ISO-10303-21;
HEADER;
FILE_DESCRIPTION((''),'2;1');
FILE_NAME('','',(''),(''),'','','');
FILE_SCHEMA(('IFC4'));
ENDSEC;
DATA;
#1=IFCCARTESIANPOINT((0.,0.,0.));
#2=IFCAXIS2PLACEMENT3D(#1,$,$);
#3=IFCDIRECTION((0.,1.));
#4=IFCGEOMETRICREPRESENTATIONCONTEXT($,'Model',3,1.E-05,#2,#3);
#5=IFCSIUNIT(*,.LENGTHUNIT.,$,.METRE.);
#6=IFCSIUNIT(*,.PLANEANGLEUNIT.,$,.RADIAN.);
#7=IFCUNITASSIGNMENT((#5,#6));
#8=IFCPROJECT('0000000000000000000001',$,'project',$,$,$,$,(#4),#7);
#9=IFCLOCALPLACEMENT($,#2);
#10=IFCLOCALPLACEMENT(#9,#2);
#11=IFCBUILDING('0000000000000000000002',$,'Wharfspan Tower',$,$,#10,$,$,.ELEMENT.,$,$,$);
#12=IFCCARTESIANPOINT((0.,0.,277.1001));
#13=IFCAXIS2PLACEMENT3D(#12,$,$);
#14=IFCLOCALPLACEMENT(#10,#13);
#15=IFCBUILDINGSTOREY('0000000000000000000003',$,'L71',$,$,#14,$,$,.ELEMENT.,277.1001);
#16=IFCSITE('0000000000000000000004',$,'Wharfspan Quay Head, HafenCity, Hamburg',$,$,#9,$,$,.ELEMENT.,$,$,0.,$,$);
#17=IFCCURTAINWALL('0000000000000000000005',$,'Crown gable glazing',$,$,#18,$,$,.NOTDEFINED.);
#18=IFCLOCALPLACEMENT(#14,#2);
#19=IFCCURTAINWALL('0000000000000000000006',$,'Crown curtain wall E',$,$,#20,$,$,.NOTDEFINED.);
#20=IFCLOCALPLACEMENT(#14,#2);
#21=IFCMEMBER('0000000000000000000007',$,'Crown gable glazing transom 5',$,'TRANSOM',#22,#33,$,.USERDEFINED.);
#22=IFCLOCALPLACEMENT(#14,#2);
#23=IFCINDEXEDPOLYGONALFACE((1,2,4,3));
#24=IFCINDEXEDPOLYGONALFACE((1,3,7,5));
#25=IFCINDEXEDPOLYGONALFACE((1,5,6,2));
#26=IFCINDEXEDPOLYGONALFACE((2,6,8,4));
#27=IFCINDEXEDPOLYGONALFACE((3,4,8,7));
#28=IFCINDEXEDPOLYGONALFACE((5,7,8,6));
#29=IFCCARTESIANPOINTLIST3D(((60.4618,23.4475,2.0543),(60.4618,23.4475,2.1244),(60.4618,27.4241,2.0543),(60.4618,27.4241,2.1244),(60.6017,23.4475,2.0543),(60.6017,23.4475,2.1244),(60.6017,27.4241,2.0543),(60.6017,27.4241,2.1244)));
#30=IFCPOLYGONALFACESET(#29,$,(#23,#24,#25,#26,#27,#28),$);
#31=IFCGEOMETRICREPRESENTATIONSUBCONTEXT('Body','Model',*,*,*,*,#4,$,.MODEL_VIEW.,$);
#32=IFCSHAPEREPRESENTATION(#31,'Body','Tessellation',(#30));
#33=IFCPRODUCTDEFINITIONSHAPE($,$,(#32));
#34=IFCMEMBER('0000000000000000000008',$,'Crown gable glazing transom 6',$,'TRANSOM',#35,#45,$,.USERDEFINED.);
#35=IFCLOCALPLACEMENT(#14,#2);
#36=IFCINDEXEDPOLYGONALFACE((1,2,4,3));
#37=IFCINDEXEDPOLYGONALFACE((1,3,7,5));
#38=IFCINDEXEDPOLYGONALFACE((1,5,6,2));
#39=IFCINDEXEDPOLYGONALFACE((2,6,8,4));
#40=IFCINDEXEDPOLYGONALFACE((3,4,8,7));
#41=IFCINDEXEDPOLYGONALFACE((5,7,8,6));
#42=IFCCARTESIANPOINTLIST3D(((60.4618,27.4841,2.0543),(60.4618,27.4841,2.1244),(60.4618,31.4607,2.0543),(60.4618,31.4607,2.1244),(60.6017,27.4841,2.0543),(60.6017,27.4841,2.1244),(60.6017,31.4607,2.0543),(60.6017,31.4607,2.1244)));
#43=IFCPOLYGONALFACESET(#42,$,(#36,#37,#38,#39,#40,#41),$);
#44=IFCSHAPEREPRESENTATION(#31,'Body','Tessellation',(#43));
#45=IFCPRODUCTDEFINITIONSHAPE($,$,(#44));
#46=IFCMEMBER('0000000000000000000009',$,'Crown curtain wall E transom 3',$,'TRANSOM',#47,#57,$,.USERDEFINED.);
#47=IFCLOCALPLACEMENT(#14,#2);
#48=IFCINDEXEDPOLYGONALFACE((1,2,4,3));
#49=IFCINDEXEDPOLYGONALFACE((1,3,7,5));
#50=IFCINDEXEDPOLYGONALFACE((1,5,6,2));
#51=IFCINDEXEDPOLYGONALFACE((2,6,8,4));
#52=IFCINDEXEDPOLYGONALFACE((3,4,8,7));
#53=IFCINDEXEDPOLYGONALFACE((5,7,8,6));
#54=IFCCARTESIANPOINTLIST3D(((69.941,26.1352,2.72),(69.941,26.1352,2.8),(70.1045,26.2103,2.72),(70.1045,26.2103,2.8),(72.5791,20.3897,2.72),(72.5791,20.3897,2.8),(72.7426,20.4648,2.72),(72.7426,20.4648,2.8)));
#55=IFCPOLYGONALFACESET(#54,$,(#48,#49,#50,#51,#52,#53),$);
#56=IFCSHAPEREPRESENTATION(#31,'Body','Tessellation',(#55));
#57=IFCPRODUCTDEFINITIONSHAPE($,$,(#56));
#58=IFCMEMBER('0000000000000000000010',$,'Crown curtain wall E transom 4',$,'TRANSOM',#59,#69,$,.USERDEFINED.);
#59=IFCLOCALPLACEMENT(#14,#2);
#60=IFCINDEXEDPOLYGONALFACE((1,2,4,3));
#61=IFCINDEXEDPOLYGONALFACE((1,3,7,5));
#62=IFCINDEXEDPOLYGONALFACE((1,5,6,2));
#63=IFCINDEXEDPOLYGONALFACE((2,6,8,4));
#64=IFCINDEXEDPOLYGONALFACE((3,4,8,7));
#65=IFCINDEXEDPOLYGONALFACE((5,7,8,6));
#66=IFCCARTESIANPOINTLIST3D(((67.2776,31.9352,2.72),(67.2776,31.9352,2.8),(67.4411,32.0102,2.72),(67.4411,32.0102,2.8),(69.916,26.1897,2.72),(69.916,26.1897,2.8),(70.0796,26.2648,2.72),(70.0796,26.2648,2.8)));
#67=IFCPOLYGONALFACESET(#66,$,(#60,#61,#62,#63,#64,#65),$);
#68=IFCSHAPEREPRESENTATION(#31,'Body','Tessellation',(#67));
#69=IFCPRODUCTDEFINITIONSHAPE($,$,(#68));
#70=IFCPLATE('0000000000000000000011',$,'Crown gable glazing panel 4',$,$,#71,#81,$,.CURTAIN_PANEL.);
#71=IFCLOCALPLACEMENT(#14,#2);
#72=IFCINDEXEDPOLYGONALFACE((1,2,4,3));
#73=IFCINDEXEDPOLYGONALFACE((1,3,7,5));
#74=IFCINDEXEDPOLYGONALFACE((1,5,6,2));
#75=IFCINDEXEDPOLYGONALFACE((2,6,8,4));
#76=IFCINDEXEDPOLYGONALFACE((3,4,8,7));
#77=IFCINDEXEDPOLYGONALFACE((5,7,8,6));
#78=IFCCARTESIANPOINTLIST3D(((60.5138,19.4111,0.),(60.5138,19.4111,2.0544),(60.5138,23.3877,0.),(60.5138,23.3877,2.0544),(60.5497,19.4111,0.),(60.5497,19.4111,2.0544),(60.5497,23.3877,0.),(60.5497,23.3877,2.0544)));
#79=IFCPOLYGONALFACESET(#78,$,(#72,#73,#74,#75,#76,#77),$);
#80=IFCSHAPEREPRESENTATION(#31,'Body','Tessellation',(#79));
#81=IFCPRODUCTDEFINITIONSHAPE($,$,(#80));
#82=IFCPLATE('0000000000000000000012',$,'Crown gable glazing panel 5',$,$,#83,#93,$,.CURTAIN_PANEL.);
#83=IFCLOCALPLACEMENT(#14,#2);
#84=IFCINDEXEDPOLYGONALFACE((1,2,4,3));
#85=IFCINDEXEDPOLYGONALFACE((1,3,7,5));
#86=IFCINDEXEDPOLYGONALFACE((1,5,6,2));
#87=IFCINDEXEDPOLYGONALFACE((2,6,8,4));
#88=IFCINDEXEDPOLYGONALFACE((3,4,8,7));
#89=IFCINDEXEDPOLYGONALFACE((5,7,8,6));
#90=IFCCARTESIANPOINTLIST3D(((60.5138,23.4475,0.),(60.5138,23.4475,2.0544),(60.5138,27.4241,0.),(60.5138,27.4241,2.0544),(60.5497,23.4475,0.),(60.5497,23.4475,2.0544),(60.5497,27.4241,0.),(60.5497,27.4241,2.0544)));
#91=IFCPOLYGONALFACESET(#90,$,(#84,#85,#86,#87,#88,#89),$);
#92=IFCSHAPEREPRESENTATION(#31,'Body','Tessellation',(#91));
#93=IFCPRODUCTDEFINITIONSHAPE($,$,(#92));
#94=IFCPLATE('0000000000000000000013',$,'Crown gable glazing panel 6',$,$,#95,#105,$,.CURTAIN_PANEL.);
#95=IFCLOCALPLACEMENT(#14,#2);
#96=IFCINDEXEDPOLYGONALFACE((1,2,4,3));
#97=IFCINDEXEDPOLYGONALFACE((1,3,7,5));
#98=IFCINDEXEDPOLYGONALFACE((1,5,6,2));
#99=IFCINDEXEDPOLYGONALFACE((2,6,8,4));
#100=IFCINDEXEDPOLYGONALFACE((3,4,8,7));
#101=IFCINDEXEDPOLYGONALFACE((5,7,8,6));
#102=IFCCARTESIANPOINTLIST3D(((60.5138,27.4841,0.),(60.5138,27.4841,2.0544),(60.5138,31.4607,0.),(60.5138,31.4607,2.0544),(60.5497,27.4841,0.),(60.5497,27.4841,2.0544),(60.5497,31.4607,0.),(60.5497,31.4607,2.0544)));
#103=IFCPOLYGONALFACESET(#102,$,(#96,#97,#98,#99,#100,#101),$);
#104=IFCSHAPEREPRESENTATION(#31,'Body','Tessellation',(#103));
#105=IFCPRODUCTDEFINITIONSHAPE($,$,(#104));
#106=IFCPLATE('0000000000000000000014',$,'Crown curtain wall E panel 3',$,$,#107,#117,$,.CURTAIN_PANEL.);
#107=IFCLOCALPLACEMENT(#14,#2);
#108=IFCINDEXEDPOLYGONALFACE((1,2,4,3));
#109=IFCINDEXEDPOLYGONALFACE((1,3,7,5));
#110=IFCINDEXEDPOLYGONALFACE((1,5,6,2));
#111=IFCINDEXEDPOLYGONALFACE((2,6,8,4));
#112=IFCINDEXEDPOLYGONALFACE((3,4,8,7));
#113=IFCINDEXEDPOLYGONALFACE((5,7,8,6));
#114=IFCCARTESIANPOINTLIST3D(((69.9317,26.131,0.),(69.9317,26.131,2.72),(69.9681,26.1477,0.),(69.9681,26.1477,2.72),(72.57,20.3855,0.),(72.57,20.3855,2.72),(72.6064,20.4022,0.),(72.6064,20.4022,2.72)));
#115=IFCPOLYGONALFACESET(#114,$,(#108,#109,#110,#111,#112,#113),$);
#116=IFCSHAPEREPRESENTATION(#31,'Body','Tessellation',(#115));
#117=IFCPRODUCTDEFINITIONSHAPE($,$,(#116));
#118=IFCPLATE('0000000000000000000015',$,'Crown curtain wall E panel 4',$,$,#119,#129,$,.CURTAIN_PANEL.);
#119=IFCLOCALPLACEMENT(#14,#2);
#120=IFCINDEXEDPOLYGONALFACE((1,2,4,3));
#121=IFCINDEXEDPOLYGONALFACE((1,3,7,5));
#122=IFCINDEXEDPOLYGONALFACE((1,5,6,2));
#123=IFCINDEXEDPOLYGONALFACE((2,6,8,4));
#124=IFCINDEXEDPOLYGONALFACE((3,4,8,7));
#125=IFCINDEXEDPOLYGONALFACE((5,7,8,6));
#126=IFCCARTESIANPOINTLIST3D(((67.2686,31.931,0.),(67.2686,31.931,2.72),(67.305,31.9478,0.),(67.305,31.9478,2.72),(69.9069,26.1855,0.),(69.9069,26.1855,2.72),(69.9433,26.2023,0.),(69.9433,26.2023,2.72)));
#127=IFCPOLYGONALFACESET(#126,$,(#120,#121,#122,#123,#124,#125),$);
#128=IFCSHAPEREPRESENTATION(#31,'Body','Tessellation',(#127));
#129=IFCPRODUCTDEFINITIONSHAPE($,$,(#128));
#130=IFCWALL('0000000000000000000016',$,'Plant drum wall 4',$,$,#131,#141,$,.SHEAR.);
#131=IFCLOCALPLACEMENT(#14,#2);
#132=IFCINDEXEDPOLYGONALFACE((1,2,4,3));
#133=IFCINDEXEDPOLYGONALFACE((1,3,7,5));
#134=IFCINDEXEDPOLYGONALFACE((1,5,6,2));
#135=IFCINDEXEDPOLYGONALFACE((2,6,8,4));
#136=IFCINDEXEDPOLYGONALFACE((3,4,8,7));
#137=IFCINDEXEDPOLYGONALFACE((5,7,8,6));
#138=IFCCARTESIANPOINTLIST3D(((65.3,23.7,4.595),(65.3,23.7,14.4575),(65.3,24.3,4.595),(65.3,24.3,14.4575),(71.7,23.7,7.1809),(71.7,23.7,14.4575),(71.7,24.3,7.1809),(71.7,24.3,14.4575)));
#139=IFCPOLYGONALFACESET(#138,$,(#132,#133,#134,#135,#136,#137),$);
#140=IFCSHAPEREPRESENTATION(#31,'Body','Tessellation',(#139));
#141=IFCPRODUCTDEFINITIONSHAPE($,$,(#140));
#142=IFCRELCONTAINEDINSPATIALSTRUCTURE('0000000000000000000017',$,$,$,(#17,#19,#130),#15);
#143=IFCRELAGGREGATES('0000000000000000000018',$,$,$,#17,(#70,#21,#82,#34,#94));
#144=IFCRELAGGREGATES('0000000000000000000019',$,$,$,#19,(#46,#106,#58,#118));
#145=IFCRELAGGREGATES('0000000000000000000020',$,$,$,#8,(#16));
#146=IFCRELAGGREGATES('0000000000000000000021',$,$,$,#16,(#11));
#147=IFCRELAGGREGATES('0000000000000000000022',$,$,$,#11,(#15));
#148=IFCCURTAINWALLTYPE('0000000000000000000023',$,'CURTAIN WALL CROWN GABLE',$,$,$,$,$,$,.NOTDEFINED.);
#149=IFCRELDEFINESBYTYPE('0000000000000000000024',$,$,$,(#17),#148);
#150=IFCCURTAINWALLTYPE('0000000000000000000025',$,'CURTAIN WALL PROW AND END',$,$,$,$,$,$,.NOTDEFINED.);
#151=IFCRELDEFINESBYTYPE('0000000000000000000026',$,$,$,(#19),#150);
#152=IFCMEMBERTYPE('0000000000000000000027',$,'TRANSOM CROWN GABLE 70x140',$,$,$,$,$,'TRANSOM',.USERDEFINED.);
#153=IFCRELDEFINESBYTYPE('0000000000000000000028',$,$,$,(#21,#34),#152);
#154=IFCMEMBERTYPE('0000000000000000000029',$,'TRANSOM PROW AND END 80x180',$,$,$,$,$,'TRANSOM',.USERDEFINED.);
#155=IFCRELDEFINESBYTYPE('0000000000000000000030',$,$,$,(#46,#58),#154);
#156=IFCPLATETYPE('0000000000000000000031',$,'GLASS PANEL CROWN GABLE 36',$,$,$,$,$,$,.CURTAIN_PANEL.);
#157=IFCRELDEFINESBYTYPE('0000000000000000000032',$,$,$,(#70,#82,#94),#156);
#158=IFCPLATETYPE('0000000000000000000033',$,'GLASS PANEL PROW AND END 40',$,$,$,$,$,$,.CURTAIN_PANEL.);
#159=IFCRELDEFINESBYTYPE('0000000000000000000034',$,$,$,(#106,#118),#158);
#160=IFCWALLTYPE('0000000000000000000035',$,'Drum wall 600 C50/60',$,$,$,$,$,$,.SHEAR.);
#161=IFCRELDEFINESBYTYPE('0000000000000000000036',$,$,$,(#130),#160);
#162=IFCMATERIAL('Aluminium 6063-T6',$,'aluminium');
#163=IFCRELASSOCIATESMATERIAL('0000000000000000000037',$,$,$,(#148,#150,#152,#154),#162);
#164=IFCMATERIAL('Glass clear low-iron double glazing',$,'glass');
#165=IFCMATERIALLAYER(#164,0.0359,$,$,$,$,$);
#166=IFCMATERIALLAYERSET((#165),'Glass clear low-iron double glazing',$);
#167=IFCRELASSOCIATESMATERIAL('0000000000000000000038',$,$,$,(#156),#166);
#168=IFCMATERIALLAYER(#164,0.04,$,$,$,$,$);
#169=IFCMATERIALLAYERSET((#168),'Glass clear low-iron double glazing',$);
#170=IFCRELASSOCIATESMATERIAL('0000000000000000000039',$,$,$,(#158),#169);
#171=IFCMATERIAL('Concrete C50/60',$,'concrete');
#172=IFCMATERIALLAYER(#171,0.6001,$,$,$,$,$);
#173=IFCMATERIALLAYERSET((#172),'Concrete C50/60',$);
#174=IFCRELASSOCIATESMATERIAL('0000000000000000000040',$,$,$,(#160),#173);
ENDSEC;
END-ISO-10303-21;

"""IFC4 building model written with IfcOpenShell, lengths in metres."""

from ifc_helpers import new_model, si_unit, direction, frame, origin, origin_2d, place, context, subcontext, project, spatial, polyline, rectangle, outline, extrude, material, layer, layer_set, material_profile, profile_set, type_object, element, aggregate, save


model = new_model("IFC4")

# Units and contexts
model_context = context("Model", 3, precision=1e-05, world=origin(), true_north=direction((0.0, 1.0)))
body_context = subcontext(model_context, "Body", "Model", "MODEL_VIEW")
ifc_project = project(units=[si_unit("LENGTHUNIT", "METRE"), si_unit("PLANEANGLEUNIT", "RADIAN")], contexts=[model_context])

# Site, building, storey
site_placement = place(None, origin())
site = spatial("IfcSite", under=ifc_project, at=site_placement, Name="Wharfspan Quay Head, HafenCity, Hamburg", CompositionType="ELEMENT", RefElevation=0.0)
building_placement = place(site_placement, origin())
building = spatial("IfcBuilding", under=site, at=building_placement, Name="Wharfspan Tower", CompositionType="ELEMENT")
storey_placement = place(building_placement, frame((0.0, 0.0, 277.1001)))
storey = spatial("IfcBuildingStorey", under=building, at=storey_placement, Name="L71", CompositionType="ELEMENT", Elevation=277.1001)

# Curtain wall
ifc_material_1 = material(Name="Aluminium 6063-T6", Category="aluminium")
curtain_wall_type_1 = type_object("IfcCurtainWallType", Name="CURTAIN WALL CROWN GABLE", PredefinedType="NOTDEFINED", material=ifc_material_1)
curtain_wall_1_placement = place(storey_placement, origin())
curtain_wall_1 = element("IfcCurtainWall", 1, at=curtain_wall_1_placement, inside=storey, type_object=curtain_wall_type_1, Name="Crown gable glazing", PredefinedType="NOTDEFINED")

# Curtain wall
curtain_wall_type_2 = type_object("IfcCurtainWallType", Name="CURTAIN WALL PROW AND END", PredefinedType="NOTDEFINED", material=ifc_material_1)
curtain_wall_2_placement = place(storey_placement, origin())
curtain_wall_2 = element("IfcCurtainWall", 2, at=curtain_wall_2_placement, inside=storey, type_object=curtain_wall_type_2, Name="Crown curtain wall E", PredefinedType="NOTDEFINED")

# Members
ifc_material_profile_1 = material_profile(ifc_material_1, rectangle(XDim=0.1399, YDim=0.0701, at=origin_2d()))
ifc_profile_set_1 = profile_set([ifc_material_profile_1], Name="Aluminium 6063-T6")
member_type_1 = type_object("IfcMemberType", Name="TRANSOM CROWN GABLE 70x140", ElementType="TRANSOM", PredefinedType="USERDEFINED", material=ifc_profile_set_1)
member_1_placement = place(storey_placement, frame((60.5317, 23.4475, 2.0894), z_axis=(0.0, 1.0, 0.0), x_axis=(-1.0, 0.0, 0.0)))
member_1 = element("IfcMember", 3, at=member_1_placement, type_object=member_type_1, Name="Crown gable glazing transom 5", ObjectType="TRANSOM", PredefinedType="USERDEFINED", context=body_context, shape_type="SweptSolid", body=[
    extrude(rectangle(XDim=0.1399, YDim=0.0701, at=origin_2d()), origin(), (0.0, 0.0, 1.0), 3.9766),
])
member_2_placement = place(storey_placement, frame((60.5317, 27.4841, 2.0894), z_axis=(0.0, 1.0, 0.0), x_axis=(-1.0, 0.0, 0.0)))
member_2 = element("IfcMember", 4, at=member_2_placement, type_object=member_type_1, Name="Crown gable glazing transom 6", ObjectType="TRANSOM", PredefinedType="USERDEFINED", context=body_context, shape_type="SweptSolid", body=[
    extrude(rectangle(XDim=0.1399, YDim=0.0701, at=origin_2d()), origin(), (0.0, 0.0, 1.0), 3.9766),
])
ifc_material_profile_2 = material_profile(ifc_material_1, rectangle(XDim=0.1799, YDim=0.0801, at=origin_2d()))
ifc_profile_set_2 = profile_set([ifc_material_profile_2], Name="Aluminium 6063-T6")
member_type_2 = type_object("IfcMemberType", Name="TRANSOM PROW AND END 80x180", ElementType="TRANSOM", PredefinedType="USERDEFINED", material=ifc_profile_set_2)
member_3_placement = place(storey_placement, frame((72.6609, 20.4272, 2.76), z_axis=(-0.41728, 0.908778, 0.0), x_axis=(-0.908778, -0.41728, 0.0)))
member_3 = element("IfcMember", 5, at=member_3_placement, type_object=member_type_2, Name="Crown curtain wall E transom 3", ObjectType="TRANSOM", PredefinedType="USERDEFINED", context=body_context, shape_type="SweptSolid", body=[
    extrude(rectangle(XDim=0.1799, YDim=0.0801, at=origin_2d()), origin(), (0.0, 0.0, 1.0), 6.3223),
])
member_4_placement = place(storey_placement, frame((69.9978, 26.2273, 2.76), z_axis=(-0.417326, 0.908757, 0.0), x_axis=(-0.908757, -0.417326, 0.0)))
member_4 = element("IfcMember", 6, at=member_4_placement, type_object=member_type_2, Name="Crown curtain wall E transom 4", ObjectType="TRANSOM", PredefinedType="USERDEFINED", context=body_context, shape_type="SweptSolid", body=[
    extrude(rectangle(XDim=0.1799, YDim=0.0801, at=origin_2d()), origin(), (0.0, 0.0, 1.0), 6.3223),
])

# Plates
ifc_material_2 = material(Name="Glass clear low-iron double glazing", Category="glass")
ifc_layer_1 = layer(ifc_material_2, 0.0359)
ifc_layer_set_1 = layer_set([ifc_layer_1], Name="Glass clear low-iron double glazing")
plate_type_1 = type_object("IfcPlateType", Name="GLASS PANEL CROWN GABLE 36", PredefinedType="CURTAIN_PANEL", material=ifc_layer_set_1)
plate_1_placement = place(storey_placement, frame((60.5317, 21.3994, 0.0), z_axis=(0.0, 0.0, 1.0), x_axis=(0.0, 1.0, 0.0)))
plate_1 = element("IfcPlate", 7, at=plate_1_placement, type_object=plate_type_1, Name="Crown gable glazing panel 4", PredefinedType="CURTAIN_PANEL", context=body_context, shape_type="SweptSolid", body=[
    extrude(rectangle(XDim=3.9766, YDim=0.0359, at=origin_2d()), origin(), (0.0, 0.0, 1.0), 2.0544),
])
plate_2_placement = place(storey_placement, frame((60.5317, 25.4358, 0.0), z_axis=(0.0, 0.0, 1.0), x_axis=(0.0, 1.0, 0.0)))
plate_2 = element("IfcPlate", 8, at=plate_2_placement, type_object=plate_type_1, Name="Crown gable glazing panel 5", PredefinedType="CURTAIN_PANEL", context=body_context, shape_type="SweptSolid", body=[
    extrude(rectangle(XDim=3.9766, YDim=0.0359, at=origin_2d()), origin(), (0.0, 0.0, 1.0), 2.0544),
])
plate_3_placement = place(storey_placement, frame((60.5317, 29.4724, 0.0), z_axis=(0.0, 0.0, 1.0), x_axis=(0.0, 1.0, 0.0)))
plate_3 = element("IfcPlate", 9, at=plate_3_placement, type_object=plate_type_1, Name="Crown gable glazing panel 6", PredefinedType="CURTAIN_PANEL", context=body_context, shape_type="SweptSolid", body=[
    extrude(rectangle(XDim=3.9766, YDim=0.0359, at=origin_2d()), origin(), (0.0, 0.0, 1.0), 2.0544),
])
aggregate(curtain_wall_1, [plate_1, member_1, plate_2, member_2, plate_3])
ifc_layer_2 = layer(ifc_material_2, 0.04)
ifc_layer_set_2 = layer_set([ifc_layer_2], Name="Glass clear low-iron double glazing")
plate_type_2 = type_object("IfcPlateType", Name="GLASS PANEL PROW AND END 40", PredefinedType="CURTAIN_PANEL", material=ifc_layer_set_2)
plate_4_placement = place(storey_placement, frame((71.269, 23.2666, 0.0), z_axis=(0.0, 0.0, 1.0), x_axis=(-0.417292, 0.908769, 0.0)))
plate_4 = element("IfcPlate", 10, at=plate_4_placement, type_object=plate_type_2, Name="Crown curtain wall E panel 3", PredefinedType="CURTAIN_PANEL", context=body_context, shape_type="SweptSolid", body=[
    extrude(rectangle(XDim=6.3223, YDim=0.04, at=origin_2d()), origin(), (0.0, 0.0, 1.0), 2.72),
])
plate_5_placement = place(storey_placement, frame((68.606, 29.0666, 0.0), z_axis=(0.0, 0.0, 1.0), x_axis=(-0.417292, 0.908769, 0.0)))
plate_5 = element("IfcPlate", 11, at=plate_5_placement, type_object=plate_type_2, Name="Crown curtain wall E panel 4", PredefinedType="CURTAIN_PANEL", context=body_context, shape_type="SweptSolid", body=[
    extrude(rectangle(XDim=6.3223, YDim=0.04, at=origin_2d()), origin(), (0.0, 0.0, 1.0), 2.72),
])
aggregate(curtain_wall_2, [member_3, plate_4, member_4, plate_5])

# Wall
ifc_material_3 = material(Name="Concrete C50/60", Category="concrete")
ifc_layer_3 = layer(ifc_material_3, 0.6001)
ifc_layer_set_3 = layer_set([ifc_layer_3], Name="Concrete C50/60")
wall_type = type_object("IfcWallType", Name="Drum wall 600 C50/60", PredefinedType="SHEAR", material=ifc_layer_set_3)
wall_placement = place(storey_placement, frame((65.3, 24.0, 4.595), z_axis=(0.0, 0.0, 1.0), x_axis=(1.0, 0.0, 0.0)))
element("IfcWall", 12, at=wall_placement, inside=storey, type_object=wall_type, Name="Plant drum wall 4", PredefinedType="SHEAR", context=body_context, shape_type="SweptSolid", body=[
    extrude(outline(polyline([(0.0, 0.0), (6.3999, 2.5859), (6.3999, 9.8625), (0.0, 9.8625), (0.0, 0.0)])), frame((0.0, 0.3, 0.0), z_axis=(0.0, -1.0, 0.0), x_axis=(1.0, 0.0, 0.0)), (0.0, 0.0, 1.0), 0.6001),
])

save(model, "model.ifc")
